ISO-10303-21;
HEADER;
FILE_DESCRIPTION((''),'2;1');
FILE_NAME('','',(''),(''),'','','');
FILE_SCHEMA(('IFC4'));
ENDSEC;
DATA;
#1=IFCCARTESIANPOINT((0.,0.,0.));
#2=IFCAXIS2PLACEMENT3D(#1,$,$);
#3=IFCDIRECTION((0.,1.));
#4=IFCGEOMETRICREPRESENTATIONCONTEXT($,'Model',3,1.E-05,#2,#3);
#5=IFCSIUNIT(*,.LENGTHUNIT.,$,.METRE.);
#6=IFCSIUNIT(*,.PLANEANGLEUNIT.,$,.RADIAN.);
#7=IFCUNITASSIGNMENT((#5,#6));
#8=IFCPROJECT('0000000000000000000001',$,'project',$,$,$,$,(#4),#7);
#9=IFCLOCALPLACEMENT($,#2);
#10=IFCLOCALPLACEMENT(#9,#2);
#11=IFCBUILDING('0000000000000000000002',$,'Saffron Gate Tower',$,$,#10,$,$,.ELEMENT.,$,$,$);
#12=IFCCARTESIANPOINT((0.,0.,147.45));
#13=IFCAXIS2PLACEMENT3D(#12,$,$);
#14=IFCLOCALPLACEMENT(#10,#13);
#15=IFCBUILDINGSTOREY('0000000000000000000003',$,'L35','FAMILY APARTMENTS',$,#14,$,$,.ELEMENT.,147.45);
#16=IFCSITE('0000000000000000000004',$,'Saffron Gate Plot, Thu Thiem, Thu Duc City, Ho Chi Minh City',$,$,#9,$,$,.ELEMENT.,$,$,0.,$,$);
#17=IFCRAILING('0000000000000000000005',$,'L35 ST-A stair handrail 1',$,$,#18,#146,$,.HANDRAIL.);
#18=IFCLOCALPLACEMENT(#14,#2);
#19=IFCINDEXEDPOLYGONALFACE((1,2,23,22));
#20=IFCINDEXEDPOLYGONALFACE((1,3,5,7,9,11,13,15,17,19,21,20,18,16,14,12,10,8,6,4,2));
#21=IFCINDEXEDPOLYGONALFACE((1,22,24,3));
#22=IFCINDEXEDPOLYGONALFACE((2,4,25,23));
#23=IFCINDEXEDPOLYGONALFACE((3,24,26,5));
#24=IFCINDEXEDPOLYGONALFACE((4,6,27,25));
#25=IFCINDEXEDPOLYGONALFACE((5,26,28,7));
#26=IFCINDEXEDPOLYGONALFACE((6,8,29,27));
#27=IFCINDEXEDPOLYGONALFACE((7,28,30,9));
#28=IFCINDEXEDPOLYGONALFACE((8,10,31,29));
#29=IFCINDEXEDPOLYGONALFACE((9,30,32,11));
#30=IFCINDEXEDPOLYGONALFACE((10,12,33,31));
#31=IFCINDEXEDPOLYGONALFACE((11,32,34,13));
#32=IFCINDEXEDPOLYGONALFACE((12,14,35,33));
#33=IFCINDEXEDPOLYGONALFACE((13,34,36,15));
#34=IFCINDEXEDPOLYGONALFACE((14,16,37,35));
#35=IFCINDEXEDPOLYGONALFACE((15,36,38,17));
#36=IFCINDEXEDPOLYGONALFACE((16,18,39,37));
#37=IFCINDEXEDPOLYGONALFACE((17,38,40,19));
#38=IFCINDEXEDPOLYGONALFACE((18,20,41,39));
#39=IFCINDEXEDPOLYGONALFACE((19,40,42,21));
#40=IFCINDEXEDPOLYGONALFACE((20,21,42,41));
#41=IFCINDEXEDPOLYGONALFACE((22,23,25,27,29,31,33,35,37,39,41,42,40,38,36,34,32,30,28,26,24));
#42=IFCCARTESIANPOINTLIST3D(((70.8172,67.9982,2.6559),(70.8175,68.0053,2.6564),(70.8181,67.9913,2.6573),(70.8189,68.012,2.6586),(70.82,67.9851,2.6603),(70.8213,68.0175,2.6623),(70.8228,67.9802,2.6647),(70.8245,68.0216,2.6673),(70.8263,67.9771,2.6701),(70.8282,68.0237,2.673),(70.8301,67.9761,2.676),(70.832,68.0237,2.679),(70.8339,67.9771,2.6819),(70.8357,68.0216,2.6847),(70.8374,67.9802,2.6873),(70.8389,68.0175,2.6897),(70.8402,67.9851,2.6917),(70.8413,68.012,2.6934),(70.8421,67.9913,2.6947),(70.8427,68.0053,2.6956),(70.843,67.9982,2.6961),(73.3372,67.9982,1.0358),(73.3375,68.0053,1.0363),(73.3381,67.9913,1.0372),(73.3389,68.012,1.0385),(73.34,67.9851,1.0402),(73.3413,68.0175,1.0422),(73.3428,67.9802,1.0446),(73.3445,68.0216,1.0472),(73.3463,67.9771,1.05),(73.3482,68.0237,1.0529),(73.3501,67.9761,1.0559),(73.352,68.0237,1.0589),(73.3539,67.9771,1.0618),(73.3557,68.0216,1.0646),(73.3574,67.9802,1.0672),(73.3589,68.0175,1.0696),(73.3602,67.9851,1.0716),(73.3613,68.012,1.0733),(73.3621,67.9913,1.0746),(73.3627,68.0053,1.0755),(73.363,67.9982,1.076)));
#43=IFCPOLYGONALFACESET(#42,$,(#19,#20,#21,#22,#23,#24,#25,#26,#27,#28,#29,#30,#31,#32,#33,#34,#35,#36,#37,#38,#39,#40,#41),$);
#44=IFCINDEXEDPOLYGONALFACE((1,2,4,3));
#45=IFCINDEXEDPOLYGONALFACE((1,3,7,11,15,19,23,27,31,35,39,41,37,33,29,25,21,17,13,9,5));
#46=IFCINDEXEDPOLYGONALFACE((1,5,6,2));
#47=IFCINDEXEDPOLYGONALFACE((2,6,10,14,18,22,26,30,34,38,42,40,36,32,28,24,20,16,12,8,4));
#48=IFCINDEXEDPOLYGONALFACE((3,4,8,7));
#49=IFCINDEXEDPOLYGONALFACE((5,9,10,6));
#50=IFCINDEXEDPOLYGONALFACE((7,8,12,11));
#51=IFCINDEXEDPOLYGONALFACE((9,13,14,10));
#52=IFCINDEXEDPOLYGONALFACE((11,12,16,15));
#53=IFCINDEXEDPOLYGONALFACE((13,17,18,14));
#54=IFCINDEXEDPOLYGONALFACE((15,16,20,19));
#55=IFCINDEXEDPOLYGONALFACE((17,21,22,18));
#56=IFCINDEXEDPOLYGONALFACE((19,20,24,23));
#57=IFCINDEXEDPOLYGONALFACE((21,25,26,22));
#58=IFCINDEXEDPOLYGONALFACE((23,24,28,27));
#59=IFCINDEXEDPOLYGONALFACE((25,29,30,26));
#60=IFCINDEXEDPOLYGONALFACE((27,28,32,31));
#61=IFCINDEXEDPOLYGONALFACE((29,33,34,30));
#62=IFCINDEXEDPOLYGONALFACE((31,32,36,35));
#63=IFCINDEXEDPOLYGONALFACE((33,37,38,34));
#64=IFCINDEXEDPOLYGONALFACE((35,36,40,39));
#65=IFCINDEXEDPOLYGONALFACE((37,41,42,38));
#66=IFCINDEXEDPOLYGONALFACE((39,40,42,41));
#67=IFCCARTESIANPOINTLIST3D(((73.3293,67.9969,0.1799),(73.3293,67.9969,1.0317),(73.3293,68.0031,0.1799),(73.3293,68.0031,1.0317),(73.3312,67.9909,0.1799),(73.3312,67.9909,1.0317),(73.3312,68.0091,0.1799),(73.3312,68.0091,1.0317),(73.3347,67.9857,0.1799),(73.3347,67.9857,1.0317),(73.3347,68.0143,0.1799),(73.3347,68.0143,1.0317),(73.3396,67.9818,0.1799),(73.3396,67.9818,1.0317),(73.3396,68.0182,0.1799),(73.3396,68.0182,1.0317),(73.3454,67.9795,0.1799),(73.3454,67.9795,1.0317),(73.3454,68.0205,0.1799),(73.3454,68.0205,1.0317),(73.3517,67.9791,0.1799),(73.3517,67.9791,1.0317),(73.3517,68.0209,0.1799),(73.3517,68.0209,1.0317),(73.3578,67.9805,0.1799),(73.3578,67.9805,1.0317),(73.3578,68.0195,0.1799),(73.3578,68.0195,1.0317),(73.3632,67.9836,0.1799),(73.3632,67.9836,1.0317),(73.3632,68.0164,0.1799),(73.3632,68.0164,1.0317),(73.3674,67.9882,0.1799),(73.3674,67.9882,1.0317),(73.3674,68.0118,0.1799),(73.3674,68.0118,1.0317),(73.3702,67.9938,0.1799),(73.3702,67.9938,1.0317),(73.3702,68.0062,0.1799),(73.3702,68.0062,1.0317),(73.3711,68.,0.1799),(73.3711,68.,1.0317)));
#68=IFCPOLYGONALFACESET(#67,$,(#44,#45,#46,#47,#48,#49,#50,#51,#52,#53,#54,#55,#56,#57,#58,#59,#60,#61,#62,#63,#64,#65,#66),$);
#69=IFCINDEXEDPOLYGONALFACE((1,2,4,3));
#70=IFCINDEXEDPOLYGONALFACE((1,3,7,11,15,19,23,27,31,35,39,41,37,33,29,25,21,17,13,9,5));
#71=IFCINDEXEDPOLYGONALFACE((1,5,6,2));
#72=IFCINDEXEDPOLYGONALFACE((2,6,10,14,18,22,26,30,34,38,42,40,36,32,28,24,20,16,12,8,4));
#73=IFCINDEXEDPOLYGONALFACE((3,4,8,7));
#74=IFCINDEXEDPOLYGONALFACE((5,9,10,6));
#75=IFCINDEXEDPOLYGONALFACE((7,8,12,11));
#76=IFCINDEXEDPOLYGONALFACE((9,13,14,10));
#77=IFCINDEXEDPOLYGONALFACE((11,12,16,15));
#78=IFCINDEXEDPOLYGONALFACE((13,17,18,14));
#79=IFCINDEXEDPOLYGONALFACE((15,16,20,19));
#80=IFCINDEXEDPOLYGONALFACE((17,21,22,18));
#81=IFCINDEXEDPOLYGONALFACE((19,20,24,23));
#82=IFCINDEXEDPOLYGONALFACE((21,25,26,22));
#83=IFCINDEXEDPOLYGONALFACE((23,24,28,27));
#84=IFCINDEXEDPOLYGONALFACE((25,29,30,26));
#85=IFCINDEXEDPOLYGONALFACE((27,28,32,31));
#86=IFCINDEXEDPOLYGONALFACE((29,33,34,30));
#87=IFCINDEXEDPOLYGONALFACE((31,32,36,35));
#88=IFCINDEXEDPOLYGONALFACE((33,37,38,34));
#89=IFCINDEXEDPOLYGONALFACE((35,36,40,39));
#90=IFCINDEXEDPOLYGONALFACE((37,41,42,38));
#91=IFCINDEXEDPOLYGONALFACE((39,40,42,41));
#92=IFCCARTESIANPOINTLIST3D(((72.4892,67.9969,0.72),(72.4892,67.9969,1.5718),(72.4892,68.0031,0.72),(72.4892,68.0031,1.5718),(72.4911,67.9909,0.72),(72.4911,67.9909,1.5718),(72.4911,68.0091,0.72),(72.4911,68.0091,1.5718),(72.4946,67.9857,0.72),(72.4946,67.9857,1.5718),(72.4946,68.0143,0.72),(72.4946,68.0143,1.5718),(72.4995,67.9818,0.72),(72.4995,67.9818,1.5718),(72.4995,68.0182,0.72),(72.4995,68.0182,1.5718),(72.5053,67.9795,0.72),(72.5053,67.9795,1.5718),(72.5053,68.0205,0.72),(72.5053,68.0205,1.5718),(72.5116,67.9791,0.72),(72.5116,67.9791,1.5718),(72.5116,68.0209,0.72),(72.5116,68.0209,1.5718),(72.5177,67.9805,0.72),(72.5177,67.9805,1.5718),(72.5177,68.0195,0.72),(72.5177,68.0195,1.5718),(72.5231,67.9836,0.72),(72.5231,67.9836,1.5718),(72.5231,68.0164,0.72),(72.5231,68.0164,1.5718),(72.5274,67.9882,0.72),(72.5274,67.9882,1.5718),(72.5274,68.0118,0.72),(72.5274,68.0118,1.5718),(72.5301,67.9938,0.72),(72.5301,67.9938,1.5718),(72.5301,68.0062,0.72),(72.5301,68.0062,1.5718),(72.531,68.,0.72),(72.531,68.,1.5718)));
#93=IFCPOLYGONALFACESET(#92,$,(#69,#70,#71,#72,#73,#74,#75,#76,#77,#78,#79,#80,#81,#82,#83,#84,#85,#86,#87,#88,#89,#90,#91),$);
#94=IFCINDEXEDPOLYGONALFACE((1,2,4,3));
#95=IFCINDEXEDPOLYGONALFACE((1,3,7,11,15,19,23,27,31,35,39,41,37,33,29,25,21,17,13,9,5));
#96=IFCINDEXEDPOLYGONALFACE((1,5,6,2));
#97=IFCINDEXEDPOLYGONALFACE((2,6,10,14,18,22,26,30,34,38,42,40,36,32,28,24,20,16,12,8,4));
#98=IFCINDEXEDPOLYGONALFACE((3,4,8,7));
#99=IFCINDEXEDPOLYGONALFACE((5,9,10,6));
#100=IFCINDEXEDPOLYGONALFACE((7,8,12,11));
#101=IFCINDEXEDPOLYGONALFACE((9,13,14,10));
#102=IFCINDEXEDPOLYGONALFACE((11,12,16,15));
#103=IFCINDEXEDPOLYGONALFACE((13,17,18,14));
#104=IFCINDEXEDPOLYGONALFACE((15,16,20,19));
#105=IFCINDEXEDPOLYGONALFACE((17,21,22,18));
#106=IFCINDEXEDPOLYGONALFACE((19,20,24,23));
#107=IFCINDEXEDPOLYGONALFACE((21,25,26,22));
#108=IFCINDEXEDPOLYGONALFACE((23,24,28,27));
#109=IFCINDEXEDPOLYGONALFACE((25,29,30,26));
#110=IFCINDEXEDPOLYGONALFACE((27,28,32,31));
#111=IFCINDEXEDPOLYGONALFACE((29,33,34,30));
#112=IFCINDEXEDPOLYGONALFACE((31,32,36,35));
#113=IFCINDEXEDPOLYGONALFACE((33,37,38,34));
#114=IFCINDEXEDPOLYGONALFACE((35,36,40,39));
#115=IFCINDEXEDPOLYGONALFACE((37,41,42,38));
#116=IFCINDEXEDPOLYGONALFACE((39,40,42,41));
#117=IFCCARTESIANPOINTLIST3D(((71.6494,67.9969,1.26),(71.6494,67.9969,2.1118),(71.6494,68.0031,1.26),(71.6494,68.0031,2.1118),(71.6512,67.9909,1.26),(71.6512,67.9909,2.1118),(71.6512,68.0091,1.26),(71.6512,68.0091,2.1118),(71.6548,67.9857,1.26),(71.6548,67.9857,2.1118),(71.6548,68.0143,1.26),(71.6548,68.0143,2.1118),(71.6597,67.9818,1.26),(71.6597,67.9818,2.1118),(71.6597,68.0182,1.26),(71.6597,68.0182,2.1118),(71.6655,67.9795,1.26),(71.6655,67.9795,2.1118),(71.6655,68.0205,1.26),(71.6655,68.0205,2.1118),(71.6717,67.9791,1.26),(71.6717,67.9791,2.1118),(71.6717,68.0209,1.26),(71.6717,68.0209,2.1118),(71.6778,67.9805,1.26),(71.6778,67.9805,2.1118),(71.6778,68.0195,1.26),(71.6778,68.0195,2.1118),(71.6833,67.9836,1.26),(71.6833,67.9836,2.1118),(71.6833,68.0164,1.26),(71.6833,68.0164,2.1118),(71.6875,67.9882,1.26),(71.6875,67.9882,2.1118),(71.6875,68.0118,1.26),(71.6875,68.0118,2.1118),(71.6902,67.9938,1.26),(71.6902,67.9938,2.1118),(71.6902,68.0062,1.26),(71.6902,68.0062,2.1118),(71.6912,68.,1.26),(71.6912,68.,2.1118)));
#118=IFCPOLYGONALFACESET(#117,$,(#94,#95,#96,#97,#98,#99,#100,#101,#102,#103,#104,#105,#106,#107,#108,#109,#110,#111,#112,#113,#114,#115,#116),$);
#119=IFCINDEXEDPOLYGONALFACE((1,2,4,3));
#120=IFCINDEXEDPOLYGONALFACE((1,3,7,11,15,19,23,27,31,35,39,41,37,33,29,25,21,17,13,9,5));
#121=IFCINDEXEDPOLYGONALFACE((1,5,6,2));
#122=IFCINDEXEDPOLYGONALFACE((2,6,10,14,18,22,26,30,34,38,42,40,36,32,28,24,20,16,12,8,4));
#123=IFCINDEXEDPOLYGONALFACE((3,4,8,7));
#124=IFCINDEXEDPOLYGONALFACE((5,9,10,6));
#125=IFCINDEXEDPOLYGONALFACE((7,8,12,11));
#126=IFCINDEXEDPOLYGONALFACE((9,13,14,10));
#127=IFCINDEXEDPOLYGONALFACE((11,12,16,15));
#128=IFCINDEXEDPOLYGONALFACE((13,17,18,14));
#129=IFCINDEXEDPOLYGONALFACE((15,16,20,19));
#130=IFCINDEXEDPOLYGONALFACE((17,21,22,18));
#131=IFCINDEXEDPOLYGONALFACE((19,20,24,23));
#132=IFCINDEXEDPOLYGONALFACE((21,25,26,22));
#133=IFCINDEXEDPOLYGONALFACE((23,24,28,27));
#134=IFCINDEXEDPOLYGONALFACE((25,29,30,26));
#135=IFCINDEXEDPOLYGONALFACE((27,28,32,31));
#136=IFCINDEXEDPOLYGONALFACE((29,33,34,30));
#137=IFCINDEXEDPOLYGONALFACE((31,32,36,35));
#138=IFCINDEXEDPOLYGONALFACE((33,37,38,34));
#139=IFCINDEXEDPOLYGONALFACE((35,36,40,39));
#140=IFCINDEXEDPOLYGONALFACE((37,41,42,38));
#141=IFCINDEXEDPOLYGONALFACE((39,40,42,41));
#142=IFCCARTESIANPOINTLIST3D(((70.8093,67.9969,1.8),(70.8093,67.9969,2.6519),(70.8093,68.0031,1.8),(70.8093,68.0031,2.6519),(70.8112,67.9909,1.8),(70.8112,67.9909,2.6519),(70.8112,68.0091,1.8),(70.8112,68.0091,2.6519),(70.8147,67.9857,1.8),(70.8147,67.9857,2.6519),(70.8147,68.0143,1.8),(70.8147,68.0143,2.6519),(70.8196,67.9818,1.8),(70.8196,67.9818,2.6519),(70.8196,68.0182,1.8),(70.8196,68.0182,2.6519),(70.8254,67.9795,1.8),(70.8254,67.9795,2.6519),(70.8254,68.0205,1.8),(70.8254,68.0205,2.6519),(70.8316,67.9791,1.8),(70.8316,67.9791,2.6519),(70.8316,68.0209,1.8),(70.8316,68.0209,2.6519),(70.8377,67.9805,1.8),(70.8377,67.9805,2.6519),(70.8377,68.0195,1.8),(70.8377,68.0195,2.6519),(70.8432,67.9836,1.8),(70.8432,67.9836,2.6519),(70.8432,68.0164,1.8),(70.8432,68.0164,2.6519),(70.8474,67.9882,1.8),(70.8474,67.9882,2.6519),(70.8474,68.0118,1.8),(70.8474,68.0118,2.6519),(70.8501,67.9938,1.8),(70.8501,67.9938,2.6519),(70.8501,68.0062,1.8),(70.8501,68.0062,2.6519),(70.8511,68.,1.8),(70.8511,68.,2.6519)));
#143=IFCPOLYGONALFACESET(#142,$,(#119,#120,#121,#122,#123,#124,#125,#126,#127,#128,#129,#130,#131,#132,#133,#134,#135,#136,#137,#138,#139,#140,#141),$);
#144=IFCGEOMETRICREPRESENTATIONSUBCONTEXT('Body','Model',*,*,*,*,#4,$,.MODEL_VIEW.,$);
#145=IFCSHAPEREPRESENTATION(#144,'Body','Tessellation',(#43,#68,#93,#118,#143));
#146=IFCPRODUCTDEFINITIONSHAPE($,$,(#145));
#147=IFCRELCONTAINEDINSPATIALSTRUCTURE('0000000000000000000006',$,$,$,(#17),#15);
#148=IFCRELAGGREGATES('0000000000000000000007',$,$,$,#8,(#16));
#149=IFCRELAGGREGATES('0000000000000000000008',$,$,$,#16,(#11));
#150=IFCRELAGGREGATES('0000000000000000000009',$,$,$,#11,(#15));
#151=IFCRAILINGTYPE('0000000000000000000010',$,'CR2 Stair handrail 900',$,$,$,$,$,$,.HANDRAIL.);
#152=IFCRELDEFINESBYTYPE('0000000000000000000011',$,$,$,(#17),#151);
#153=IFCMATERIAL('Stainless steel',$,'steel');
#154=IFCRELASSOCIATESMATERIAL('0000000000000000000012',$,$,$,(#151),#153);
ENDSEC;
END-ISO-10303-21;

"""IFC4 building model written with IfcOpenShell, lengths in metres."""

from ifc_helpers import new_model, si_unit, direction, frame, origin, origin_2d, place, context, subcontext, project, spatial, circle, extrude, material, type_object, element, save


model = new_model("IFC4")

# Units and contexts
model_context = context("Model", 3, precision=1e-05, world=origin(), true_north=direction((0.0, 1.0)))
body_context = subcontext(model_context, "Body", "Model", "MODEL_VIEW")
ifc_project = project(units=[si_unit("LENGTHUNIT", "METRE"), si_unit("PLANEANGLEUNIT", "RADIAN")], contexts=[model_context])

# Site, building, storey
site_placement = place(None, origin())
site = spatial("IfcSite", under=ifc_project, at=site_placement, Name="Saffron Gate Plot, Thu Thiem, Thu Duc City, Ho Chi Minh City", CompositionType="ELEMENT", RefElevation=0.0)
building_placement = place(site_placement, origin())
building = spatial("IfcBuilding", under=site, at=building_placement, Name="Saffron Gate Tower", CompositionType="ELEMENT")
storey_placement = place(building_placement, frame((0.0, 0.0, 147.45)))
storey = spatial("IfcBuildingStorey", under=building, at=storey_placement, Name="L35", Description="FAMILY APARTMENTS", CompositionType="ELEMENT", Elevation=147.45)

# Railing
ifc_material_1 = material(Name="Stainless steel", Category="steel")
railing_type = type_object("IfcRailingType", Name="CR2 Stair handrail 900", PredefinedType="HANDRAIL", material=ifc_material_1)
railing_1_placement = place(storey_placement, frame((73.3501, 68.0, 0.1799)))
element("IfcRailing", 1, at=railing_1_placement, inside=storey, type_object=railing_type, Name="L35 ST-A stair handrail 1", PredefinedType="HANDRAIL", context=body_context, shape_type="SweptSolid", body=[
    extrude(circle(Radius=0.0239, at=origin_2d()), frame((0.0, 0.0, 0.876), z_axis=(-0.841163, 0.0, 0.540782), x_axis=(0.0, -1.0, 0.0)), (0.0, 0.0, 1.0), 2.9958),
    extrude(circle(Radius=0.021, at=origin_2d()), origin(), (0.0, 0.0, 1.0), 0.8518),
    extrude(circle(Radius=0.021, at=origin_2d()), frame((-0.8401, 0.0, 0.54)), (0.0, 0.0, 1.0), 0.8518),
    extrude(circle(Radius=0.021, at=origin_2d()), frame((-1.6799, 0.0, 1.0801)), (0.0, 0.0, 1.0), 0.8518),
    extrude(circle(Radius=0.021, at=origin_2d()), frame((-2.52, 0.0, 1.6201)), (0.0, 0.0, 1.0), 0.8518),
])

save(model, "model.ifc")
